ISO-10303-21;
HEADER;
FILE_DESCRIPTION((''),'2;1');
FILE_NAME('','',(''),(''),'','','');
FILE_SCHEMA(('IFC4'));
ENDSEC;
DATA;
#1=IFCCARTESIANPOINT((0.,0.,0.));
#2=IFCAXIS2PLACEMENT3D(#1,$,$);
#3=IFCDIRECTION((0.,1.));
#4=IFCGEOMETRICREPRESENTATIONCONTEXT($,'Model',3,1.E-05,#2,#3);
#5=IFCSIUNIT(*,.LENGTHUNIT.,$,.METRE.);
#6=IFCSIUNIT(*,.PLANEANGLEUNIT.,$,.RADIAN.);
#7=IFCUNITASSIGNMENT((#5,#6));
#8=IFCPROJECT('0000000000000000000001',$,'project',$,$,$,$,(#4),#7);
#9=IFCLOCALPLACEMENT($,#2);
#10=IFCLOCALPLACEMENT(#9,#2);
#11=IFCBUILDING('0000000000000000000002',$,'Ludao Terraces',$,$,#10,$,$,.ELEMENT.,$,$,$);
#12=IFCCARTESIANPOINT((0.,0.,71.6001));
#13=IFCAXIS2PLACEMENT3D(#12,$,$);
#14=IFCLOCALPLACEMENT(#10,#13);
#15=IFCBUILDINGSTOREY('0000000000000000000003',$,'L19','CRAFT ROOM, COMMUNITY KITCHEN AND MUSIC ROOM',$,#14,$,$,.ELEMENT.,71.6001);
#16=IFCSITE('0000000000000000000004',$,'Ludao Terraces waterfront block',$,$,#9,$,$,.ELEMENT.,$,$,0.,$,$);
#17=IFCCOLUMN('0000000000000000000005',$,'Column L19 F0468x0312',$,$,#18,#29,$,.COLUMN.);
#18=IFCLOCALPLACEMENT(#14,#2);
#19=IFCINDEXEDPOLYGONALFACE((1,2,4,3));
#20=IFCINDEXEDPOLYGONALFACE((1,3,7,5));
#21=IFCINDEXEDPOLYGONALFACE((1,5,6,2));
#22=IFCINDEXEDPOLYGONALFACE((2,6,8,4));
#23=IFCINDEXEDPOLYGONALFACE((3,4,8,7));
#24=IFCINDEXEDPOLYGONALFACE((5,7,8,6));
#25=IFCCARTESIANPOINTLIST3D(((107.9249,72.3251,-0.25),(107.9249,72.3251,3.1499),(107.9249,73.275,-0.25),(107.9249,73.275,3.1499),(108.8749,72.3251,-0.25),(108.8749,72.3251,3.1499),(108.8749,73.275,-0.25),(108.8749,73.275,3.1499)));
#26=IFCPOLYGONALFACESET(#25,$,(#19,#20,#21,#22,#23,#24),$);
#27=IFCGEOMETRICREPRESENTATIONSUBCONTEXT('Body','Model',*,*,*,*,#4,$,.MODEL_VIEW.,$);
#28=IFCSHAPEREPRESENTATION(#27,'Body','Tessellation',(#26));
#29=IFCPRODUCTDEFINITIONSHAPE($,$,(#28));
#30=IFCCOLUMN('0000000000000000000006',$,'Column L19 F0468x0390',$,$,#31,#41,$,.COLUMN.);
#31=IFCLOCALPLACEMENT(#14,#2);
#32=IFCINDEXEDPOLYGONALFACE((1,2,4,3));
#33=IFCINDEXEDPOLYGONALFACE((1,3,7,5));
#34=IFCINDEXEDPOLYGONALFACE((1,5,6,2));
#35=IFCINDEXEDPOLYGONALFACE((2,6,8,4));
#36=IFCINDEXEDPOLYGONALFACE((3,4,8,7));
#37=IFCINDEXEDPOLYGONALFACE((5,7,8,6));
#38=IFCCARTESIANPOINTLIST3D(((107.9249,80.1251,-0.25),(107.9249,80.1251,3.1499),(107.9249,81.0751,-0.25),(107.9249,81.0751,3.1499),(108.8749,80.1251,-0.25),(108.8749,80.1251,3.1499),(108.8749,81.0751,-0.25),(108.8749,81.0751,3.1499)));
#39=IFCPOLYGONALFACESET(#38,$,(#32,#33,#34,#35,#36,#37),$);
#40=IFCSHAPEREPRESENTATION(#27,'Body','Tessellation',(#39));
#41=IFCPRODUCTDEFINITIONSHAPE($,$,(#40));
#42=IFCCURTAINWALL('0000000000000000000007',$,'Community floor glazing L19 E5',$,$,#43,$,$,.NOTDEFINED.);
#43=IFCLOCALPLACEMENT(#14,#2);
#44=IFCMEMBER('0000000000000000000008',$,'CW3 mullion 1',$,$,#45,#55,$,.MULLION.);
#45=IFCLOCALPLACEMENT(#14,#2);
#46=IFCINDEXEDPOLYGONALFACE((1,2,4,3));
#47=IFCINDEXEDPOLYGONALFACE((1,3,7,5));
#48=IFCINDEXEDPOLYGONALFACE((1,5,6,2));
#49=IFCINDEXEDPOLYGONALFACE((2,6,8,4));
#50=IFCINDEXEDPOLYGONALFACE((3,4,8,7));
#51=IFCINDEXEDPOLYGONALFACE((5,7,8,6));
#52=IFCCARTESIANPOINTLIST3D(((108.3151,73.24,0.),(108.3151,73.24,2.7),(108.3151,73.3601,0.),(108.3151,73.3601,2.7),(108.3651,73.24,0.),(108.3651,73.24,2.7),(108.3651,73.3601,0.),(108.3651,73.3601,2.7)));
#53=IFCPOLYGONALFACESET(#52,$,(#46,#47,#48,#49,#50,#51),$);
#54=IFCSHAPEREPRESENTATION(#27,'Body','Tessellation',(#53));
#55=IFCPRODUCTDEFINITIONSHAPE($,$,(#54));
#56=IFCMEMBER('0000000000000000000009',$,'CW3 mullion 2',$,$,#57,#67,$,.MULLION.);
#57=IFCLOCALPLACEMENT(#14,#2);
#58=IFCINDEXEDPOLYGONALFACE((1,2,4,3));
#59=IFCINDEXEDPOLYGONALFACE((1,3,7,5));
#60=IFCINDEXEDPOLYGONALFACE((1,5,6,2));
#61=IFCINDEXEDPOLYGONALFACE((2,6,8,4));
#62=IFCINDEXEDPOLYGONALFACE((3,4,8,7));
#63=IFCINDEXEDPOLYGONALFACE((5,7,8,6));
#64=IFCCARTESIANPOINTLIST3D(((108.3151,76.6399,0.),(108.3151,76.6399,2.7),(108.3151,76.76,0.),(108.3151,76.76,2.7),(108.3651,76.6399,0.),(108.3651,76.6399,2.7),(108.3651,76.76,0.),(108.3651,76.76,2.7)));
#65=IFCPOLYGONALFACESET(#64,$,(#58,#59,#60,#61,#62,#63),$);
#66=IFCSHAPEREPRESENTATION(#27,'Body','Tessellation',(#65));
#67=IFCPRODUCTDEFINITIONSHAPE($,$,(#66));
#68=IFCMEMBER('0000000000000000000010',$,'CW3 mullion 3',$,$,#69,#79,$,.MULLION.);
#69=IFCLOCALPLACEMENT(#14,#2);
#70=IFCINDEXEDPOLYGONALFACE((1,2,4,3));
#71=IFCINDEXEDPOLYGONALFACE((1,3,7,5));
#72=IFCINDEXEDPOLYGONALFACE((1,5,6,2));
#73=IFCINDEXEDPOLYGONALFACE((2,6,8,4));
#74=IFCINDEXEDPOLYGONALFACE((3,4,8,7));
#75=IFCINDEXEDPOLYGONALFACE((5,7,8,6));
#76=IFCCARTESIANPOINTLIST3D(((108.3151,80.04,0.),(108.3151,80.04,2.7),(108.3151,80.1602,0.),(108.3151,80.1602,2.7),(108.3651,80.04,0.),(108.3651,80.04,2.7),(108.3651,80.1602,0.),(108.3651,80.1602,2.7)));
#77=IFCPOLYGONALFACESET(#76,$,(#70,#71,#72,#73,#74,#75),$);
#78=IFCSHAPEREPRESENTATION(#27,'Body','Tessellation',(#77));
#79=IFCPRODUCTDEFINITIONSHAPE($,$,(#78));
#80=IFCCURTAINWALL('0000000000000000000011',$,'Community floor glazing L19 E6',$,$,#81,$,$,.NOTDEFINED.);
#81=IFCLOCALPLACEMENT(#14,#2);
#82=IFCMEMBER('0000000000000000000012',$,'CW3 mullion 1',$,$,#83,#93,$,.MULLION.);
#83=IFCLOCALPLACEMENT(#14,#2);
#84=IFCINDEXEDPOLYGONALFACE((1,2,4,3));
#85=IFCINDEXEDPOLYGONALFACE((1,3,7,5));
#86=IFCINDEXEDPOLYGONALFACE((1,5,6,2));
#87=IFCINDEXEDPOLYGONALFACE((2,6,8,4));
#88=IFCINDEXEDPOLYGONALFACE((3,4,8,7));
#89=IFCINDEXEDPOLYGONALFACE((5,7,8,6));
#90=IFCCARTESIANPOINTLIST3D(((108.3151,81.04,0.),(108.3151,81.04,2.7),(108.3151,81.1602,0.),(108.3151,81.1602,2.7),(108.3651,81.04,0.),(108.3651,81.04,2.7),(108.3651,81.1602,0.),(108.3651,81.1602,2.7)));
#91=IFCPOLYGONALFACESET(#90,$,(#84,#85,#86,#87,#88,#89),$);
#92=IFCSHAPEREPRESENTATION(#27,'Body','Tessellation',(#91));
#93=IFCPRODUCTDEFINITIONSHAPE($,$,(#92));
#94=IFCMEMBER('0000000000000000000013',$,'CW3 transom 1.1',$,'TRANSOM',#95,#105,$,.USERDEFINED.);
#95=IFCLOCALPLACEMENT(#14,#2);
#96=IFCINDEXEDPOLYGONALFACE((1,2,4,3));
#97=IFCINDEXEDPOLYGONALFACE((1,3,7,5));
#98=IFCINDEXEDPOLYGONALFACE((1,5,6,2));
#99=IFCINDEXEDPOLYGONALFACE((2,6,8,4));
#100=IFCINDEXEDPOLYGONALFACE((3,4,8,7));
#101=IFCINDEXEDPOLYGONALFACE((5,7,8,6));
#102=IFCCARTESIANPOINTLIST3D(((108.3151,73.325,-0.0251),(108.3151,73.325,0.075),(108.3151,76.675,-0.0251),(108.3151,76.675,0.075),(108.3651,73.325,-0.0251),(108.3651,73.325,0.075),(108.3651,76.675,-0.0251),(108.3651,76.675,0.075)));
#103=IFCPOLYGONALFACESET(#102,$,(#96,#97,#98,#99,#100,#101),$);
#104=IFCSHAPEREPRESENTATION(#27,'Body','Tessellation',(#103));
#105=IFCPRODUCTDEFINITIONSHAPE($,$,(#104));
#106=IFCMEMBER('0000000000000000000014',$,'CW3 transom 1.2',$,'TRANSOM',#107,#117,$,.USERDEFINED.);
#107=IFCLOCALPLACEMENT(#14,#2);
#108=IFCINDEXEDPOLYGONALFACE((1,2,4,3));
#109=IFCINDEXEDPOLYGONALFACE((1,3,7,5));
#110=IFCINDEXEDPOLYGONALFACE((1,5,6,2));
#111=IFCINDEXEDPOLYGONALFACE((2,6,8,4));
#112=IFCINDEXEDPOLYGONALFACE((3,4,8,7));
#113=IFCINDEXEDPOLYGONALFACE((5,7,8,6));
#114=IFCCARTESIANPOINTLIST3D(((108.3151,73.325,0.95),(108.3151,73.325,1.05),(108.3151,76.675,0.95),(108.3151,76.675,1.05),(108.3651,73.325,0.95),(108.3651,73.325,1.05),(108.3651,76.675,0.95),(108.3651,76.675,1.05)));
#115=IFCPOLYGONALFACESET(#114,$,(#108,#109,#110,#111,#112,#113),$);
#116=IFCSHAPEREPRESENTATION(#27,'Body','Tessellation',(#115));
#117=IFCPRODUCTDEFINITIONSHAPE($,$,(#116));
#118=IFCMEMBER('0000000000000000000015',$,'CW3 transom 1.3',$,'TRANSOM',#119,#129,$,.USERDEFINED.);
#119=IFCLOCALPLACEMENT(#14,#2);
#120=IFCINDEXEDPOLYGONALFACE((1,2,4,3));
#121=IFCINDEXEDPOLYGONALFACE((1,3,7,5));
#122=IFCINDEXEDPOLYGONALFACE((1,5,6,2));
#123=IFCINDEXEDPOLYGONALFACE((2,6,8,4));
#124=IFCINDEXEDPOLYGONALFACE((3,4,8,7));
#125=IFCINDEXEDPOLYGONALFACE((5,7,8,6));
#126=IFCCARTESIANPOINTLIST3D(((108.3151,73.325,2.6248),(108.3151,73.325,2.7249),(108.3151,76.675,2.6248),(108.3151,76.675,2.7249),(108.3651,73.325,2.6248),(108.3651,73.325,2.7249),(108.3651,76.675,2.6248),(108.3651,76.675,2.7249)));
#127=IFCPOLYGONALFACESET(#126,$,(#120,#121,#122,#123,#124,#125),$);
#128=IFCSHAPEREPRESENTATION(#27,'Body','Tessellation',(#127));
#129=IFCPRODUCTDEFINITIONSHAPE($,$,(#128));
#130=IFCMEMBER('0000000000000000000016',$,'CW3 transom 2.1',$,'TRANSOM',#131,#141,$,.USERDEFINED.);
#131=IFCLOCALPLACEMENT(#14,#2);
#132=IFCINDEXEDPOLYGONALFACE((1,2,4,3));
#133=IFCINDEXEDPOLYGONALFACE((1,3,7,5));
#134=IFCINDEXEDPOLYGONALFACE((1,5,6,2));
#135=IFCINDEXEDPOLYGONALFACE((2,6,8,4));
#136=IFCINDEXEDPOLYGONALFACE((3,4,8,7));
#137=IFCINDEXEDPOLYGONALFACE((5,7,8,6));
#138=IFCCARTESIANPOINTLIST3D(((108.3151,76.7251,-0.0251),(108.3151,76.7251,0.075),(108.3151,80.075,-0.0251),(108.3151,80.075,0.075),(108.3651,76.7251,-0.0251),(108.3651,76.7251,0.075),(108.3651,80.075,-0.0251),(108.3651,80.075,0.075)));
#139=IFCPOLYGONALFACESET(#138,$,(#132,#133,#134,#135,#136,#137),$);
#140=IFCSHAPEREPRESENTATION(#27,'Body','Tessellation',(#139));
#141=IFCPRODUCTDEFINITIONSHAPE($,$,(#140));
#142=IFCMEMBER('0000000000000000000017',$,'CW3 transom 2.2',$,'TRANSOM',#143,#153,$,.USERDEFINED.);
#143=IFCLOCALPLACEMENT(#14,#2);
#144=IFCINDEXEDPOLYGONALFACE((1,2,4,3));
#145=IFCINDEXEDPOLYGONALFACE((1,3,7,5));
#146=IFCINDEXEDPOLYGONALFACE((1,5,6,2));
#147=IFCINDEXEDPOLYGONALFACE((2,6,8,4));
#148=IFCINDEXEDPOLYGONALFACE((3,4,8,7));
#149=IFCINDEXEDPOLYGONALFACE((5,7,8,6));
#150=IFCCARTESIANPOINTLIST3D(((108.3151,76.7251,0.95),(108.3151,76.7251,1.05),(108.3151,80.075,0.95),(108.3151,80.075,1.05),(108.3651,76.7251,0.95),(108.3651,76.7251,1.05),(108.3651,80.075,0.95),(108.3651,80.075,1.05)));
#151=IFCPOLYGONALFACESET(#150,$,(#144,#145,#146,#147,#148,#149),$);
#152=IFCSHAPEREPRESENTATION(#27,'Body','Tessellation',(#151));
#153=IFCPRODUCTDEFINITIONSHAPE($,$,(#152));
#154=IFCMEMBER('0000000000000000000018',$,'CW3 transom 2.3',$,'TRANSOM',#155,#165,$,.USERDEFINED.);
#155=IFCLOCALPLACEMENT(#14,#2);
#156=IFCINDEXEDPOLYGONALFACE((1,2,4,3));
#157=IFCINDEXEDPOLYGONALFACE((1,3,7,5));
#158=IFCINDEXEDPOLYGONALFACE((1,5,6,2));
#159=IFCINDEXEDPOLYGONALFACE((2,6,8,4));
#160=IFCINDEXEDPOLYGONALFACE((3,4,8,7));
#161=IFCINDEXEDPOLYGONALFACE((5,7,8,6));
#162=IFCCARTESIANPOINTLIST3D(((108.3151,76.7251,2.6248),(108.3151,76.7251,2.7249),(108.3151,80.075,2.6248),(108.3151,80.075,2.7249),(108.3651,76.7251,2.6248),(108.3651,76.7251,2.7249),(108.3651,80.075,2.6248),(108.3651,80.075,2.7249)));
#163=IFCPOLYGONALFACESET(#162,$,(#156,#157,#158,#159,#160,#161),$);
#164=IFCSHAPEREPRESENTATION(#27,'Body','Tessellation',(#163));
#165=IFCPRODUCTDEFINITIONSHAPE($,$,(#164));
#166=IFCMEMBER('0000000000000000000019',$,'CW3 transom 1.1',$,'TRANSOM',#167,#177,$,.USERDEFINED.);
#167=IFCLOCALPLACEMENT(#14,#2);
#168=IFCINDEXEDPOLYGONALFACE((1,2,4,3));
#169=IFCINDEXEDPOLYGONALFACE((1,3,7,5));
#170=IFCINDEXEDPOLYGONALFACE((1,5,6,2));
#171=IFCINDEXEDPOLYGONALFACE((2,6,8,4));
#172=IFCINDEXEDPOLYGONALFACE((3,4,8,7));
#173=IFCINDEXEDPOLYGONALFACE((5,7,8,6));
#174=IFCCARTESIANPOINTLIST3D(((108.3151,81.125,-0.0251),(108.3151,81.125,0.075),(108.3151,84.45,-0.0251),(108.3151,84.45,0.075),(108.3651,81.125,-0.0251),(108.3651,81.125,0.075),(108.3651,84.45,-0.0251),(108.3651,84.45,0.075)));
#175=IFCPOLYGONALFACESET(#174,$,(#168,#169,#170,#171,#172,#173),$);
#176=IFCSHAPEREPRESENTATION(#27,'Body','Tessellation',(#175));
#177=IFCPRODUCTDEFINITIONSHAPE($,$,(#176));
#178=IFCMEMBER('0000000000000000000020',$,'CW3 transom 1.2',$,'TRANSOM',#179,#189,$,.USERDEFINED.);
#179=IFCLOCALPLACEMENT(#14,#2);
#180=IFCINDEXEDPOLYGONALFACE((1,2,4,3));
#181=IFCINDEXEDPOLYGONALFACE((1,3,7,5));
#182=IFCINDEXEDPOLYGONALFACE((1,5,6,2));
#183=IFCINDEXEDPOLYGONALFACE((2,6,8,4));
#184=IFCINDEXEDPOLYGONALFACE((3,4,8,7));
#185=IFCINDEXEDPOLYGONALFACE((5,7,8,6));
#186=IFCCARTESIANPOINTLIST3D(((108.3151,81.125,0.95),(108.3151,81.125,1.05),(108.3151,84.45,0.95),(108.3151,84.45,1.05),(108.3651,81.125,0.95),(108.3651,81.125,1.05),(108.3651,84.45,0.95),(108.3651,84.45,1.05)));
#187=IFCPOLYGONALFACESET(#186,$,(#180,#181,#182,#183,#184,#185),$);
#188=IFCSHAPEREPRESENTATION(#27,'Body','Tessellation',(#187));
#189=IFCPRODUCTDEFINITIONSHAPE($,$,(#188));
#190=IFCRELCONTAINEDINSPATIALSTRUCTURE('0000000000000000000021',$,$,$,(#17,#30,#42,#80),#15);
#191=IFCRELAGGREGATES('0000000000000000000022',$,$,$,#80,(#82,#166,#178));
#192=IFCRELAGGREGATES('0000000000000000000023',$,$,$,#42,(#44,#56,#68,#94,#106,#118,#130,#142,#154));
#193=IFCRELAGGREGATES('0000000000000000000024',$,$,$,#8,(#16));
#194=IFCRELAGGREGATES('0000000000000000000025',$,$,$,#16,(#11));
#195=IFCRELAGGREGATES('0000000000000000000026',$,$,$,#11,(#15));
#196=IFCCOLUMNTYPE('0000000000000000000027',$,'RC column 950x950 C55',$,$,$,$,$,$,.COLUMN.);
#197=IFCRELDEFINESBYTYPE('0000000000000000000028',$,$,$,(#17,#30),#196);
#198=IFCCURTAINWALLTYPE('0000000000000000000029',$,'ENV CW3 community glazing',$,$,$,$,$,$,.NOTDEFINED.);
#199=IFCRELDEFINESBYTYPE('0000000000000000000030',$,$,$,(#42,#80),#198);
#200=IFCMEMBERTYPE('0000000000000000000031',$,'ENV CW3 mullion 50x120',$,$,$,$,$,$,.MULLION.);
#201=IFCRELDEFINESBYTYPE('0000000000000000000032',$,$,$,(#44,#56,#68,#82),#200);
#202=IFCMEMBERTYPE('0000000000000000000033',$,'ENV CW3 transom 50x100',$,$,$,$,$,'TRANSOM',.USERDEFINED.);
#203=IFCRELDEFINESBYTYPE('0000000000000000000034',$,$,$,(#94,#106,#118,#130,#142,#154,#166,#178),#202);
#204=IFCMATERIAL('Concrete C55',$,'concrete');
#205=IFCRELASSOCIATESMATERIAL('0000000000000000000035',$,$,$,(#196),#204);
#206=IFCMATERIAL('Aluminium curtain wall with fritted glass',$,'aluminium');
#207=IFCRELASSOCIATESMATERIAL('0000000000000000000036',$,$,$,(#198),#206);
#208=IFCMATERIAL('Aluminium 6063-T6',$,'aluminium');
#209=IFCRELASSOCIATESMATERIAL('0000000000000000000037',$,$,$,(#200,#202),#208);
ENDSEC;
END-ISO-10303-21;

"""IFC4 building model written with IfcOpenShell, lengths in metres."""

from ifc_helpers import new_model, si_unit, direction, frame, origin, origin_2d, place, context, subcontext, project, spatial, rectangle, extrude, material, material_profile, profile_set, type_object, element, aggregate, save


model = new_model("IFC4")

# Units and contexts
model_context = context("Model", 3, precision=1e-05, world=origin(), true_north=direction((0.0, 1.0)))
body_context = subcontext(model_context, "Body", "Model", "MODEL_VIEW")
ifc_project = project(units=[si_unit("LENGTHUNIT", "METRE"), si_unit("PLANEANGLEUNIT", "RADIAN")], contexts=[model_context])

# Site, building, storey
site_placement = place(None, origin())
site = spatial("IfcSite", under=ifc_project, at=site_placement, Name="Ludao Terraces waterfront block", CompositionType="ELEMENT", RefElevation=0.0)
building_placement = place(site_placement, origin())
building = spatial("IfcBuilding", under=site, at=building_placement, Name="Ludao Terraces", CompositionType="ELEMENT")
storey_placement = place(building_placement, frame((0.0, 0.0, 71.6001)))
storey = spatial("IfcBuildingStorey", under=building, at=storey_placement, Name="L19", Description="CRAFT ROOM, COMMUNITY KITCHEN AND MUSIC ROOM", CompositionType="ELEMENT", Elevation=71.6001)

# Columns
ifc_material_1 = material(Name="Concrete C55", Category="concrete")
ifc_material_profile_1 = material_profile(ifc_material_1, rectangle(XDim=0.95, YDim=0.95, at=origin_2d()), Name="950 X 950")
ifc_profile_set_1 = profile_set([ifc_material_profile_1], Name="Concrete C55")
column_type = type_object("IfcColumnType", Name="RC column 950x950 C55", PredefinedType="COLUMN", material=ifc_profile_set_1)
for number, where, z_axis, x_axis, name in (
    (1, (108.3999, 72.8, -0.25), (0.0, 0.0, 1.0), (1.0, 0.0, 0.0), "Column L19 F0468x0312"),
    (2, (108.3999, 80.6001, -0.25), (0.0, 0.0, 1.0), (1.0, 0.0, 0.0), "Column L19 F0468x0390"),
):
    element("IfcColumn", number, at=place(storey_placement, frame(where, z_axis=z_axis, x_axis=x_axis)), inside=storey, type_object=column_type, Name=name, PredefinedType="COLUMN", context=body_context, shape_type="SweptSolid", body=[
        extrude(rectangle(XDim=0.95, YDim=0.95, at=origin_2d()), origin(), (0.0, 0.0, 1.0), 3.3999),
    ])

# Curtain wall, members
ifc_material_2 = material(Name="Aluminium curtain wall with fritted glass", Category="aluminium")
curtain_wall_type = type_object("IfcCurtainWallType", Name="ENV CW3 community glazing", PredefinedType="NOTDEFINED", material=ifc_material_2)
curtain_wall_1_placement = place(storey_placement, origin())
curtain_wall_1 = element("IfcCurtainWall", 3, at=curtain_wall_1_placement, inside=storey, type_object=curtain_wall_type, Name="Community floor glazing L19 E5", PredefinedType="NOTDEFINED")
ifc_material_3 = material(Name="Aluminium 6063-T6", Category="aluminium")
ifc_material_profile_2 = material_profile(ifc_material_3, rectangle(XDim=0.05, YDim=0.1201, at=origin_2d()), Name="50 X 120")
ifc_profile_set_2 = profile_set([ifc_material_profile_2], Name="Aluminium 6063-T6")
member_type_1 = type_object("IfcMemberType", Name="ENV CW3 mullion 50x120", PredefinedType="MULLION", material=ifc_profile_set_2)
member_1_placement = place(storey_placement, frame((108.3401, 73.3, 0.0), z_axis=(0.0, 0.0, 1.0), x_axis=(-1.0, 0.0, 0.0)))
member_1 = element("IfcMember", 4, at=member_1_placement, type_object=member_type_1, Name="CW3 mullion 1", PredefinedType="MULLION", context=body_context, shape_type="SweptSolid", body=[
    extrude(rectangle(XDim=0.05, YDim=0.1201, at=origin_2d()), origin(), (0.0, 0.0, 1.0), 2.7),
])
member_2_placement = place(storey_placement, frame((108.3401, 76.7, 0.0), z_axis=(0.0, 0.0, 1.0), x_axis=(-1.0, 0.0, 0.0)))
member_2 = element("IfcMember", 5, at=member_2_placement, type_object=member_type_1, Name="CW3 mullion 2", PredefinedType="MULLION", context=body_context, shape_type="SweptSolid", body=[
    extrude(rectangle(XDim=0.05, YDim=0.1201, at=origin_2d()), origin(), (0.0, 0.0, 1.0), 2.7),
])
member_3_placement = place(storey_placement, frame((108.3401, 80.1001, 0.0), z_axis=(0.0, 0.0, 1.0), x_axis=(-1.0, 0.0, 0.0)))
member_3 = element("IfcMember", 6, at=member_3_placement, type_object=member_type_1, Name="CW3 mullion 3", PredefinedType="MULLION", context=body_context, shape_type="SweptSolid", body=[
    extrude(rectangle(XDim=0.05, YDim=0.1201, at=origin_2d()), origin(), (0.0, 0.0, 1.0), 2.7),
])

# Curtain wall, member
curtain_wall_2_placement = place(storey_placement, origin())
curtain_wall_2 = element("IfcCurtainWall", 7, at=curtain_wall_2_placement, inside=storey, type_object=curtain_wall_type, Name="Community floor glazing L19 E6", PredefinedType="NOTDEFINED")
member_4_placement = place(storey_placement, frame((108.3401, 81.1001, 0.0), z_axis=(0.0, 0.0, 1.0), x_axis=(-1.0, 0.0, 0.0)))
member_4 = element("IfcMember", 8, at=member_4_placement, type_object=member_type_1, Name="CW3 mullion 1", PredefinedType="MULLION", context=body_context, shape_type="SweptSolid", body=[
    extrude(rectangle(XDim=0.05, YDim=0.1201, at=origin_2d()), origin(), (0.0, 0.0, 1.0), 2.7),
])

# Members
ifc_material_profile_3 = material_profile(ifc_material_3, rectangle(XDim=0.05, YDim=0.1001, at=origin_2d()), Name="50 X 100")
ifc_profile_set_3 = profile_set([ifc_material_profile_3], Name="Aluminium 6063-T6")
member_type_2 = type_object("IfcMemberType", Name="ENV CW3 transom 50x100", ElementType="TRANSOM", PredefinedType="USERDEFINED", material=ifc_profile_set_3)
member_5_placement = place(storey_placement, frame((108.3401, 73.325, 0.0249), z_axis=(0.0, 1.0, 0.0), x_axis=(-1.0, 0.0, 0.0)))
member_5 = element("IfcMember", 9, at=member_5_placement, type_object=member_type_2, Name="CW3 transom 1.1", ObjectType="TRANSOM", PredefinedType="USERDEFINED", context=body_context, shape_type="SweptSolid", body=[
    extrude(rectangle(XDim=0.05, YDim=0.1001, at=origin_2d()), origin(), (0.0, 0.0, 1.0), 3.3501),
])
member_6_placement = place(storey_placement, frame((108.3401, 73.325, 1.0), z_axis=(0.0, 1.0, 0.0), x_axis=(-1.0, 0.0, 0.0)))
member_6 = element("IfcMember", 10, at=member_6_placement, type_object=member_type_2, Name="CW3 transom 1.2", ObjectType="TRANSOM", PredefinedType="USERDEFINED", context=body_context, shape_type="SweptSolid", body=[
    extrude(rectangle(XDim=0.05, YDim=0.1001, at=origin_2d()), origin(), (0.0, 0.0, 1.0), 3.3501),
])
member_7_placement = place(storey_placement, frame((108.3401, 73.325, 2.6748), z_axis=(0.0, 1.0, 0.0), x_axis=(-1.0, 0.0, 0.0)))
member_7 = element("IfcMember", 11, at=member_7_placement, type_object=member_type_2, Name="CW3 transom 1.3", ObjectType="TRANSOM", PredefinedType="USERDEFINED", context=body_context, shape_type="SweptSolid", body=[
    extrude(rectangle(XDim=0.05, YDim=0.1001, at=origin_2d()), origin(), (0.0, 0.0, 1.0), 3.3501),
])
member_8_placement = place(storey_placement, frame((108.3401, 76.7251, 0.0249), z_axis=(0.0, 1.0, 0.0), x_axis=(-1.0, 0.0, 0.0)))
member_8 = element("IfcMember", 12, at=member_8_placement, type_object=member_type_2, Name="CW3 transom 2.1", ObjectType="TRANSOM", PredefinedType="USERDEFINED", context=body_context, shape_type="SweptSolid", body=[
    extrude(rectangle(XDim=0.05, YDim=0.1001, at=origin_2d()), origin(), (0.0, 0.0, 1.0), 3.3499),
])
member_9_placement = place(storey_placement, frame((108.3401, 76.7251, 1.0), z_axis=(0.0, 1.0, 0.0), x_axis=(-1.0, 0.0, 0.0)))
member_9 = element("IfcMember", 13, at=member_9_placement, type_object=member_type_2, Name="CW3 transom 2.2", ObjectType="TRANSOM", PredefinedType="USERDEFINED", context=body_context, shape_type="SweptSolid", body=[
    extrude(rectangle(XDim=0.05, YDim=0.1001, at=origin_2d()), origin(), (0.0, 0.0, 1.0), 3.3499),
])
member_10_placement = place(storey_placement, frame((108.3401, 76.7251, 2.6748), z_axis=(0.0, 1.0, 0.0), x_axis=(-1.0, 0.0, 0.0)))
member_10 = element("IfcMember", 14, at=member_10_placement, type_object=member_type_2, Name="CW3 transom 2.3", ObjectType="TRANSOM", PredefinedType="USERDEFINED", context=body_context, shape_type="SweptSolid", body=[
    extrude(rectangle(XDim=0.05, YDim=0.1001, at=origin_2d()), origin(), (0.0, 0.0, 1.0), 3.3499),
])
member_11_placement = place(storey_placement, frame((108.3401, 81.125, 0.0249), z_axis=(0.0, 1.0, 0.0), x_axis=(-1.0, 0.0, 0.0)))
member_11 = element("IfcMember", 15, at=member_11_placement, type_object=member_type_2, Name="CW3 transom 1.1", ObjectType="TRANSOM", PredefinedType="USERDEFINED", context=body_context, shape_type="SweptSolid", body=[
    extrude(rectangle(XDim=0.05, YDim=0.1001, at=origin_2d()), origin(), (0.0, 0.0, 1.0), 3.325),
])
member_12_placement = place(storey_placement, frame((108.3401, 81.125, 1.0), z_axis=(0.0, 1.0, 0.0), x_axis=(-1.0, 0.0, 0.0)))
member_12 = element("IfcMember", 16, at=member_12_placement, type_object=member_type_2, Name="CW3 transom 1.2", ObjectType="TRANSOM", PredefinedType="USERDEFINED", context=body_context, shape_type="SweptSolid", body=[
    extrude(rectangle(XDim=0.05, YDim=0.1001, at=origin_2d()), origin(), (0.0, 0.0, 1.0), 3.325),
])
aggregate(curtain_wall_2, [member_4, member_11, member_12])

aggregate(curtain_wall_1, [member_1, member_2, member_3, member_5, member_6, member_7, member_8, member_9, member_10])

save(model, "model.ifc")
